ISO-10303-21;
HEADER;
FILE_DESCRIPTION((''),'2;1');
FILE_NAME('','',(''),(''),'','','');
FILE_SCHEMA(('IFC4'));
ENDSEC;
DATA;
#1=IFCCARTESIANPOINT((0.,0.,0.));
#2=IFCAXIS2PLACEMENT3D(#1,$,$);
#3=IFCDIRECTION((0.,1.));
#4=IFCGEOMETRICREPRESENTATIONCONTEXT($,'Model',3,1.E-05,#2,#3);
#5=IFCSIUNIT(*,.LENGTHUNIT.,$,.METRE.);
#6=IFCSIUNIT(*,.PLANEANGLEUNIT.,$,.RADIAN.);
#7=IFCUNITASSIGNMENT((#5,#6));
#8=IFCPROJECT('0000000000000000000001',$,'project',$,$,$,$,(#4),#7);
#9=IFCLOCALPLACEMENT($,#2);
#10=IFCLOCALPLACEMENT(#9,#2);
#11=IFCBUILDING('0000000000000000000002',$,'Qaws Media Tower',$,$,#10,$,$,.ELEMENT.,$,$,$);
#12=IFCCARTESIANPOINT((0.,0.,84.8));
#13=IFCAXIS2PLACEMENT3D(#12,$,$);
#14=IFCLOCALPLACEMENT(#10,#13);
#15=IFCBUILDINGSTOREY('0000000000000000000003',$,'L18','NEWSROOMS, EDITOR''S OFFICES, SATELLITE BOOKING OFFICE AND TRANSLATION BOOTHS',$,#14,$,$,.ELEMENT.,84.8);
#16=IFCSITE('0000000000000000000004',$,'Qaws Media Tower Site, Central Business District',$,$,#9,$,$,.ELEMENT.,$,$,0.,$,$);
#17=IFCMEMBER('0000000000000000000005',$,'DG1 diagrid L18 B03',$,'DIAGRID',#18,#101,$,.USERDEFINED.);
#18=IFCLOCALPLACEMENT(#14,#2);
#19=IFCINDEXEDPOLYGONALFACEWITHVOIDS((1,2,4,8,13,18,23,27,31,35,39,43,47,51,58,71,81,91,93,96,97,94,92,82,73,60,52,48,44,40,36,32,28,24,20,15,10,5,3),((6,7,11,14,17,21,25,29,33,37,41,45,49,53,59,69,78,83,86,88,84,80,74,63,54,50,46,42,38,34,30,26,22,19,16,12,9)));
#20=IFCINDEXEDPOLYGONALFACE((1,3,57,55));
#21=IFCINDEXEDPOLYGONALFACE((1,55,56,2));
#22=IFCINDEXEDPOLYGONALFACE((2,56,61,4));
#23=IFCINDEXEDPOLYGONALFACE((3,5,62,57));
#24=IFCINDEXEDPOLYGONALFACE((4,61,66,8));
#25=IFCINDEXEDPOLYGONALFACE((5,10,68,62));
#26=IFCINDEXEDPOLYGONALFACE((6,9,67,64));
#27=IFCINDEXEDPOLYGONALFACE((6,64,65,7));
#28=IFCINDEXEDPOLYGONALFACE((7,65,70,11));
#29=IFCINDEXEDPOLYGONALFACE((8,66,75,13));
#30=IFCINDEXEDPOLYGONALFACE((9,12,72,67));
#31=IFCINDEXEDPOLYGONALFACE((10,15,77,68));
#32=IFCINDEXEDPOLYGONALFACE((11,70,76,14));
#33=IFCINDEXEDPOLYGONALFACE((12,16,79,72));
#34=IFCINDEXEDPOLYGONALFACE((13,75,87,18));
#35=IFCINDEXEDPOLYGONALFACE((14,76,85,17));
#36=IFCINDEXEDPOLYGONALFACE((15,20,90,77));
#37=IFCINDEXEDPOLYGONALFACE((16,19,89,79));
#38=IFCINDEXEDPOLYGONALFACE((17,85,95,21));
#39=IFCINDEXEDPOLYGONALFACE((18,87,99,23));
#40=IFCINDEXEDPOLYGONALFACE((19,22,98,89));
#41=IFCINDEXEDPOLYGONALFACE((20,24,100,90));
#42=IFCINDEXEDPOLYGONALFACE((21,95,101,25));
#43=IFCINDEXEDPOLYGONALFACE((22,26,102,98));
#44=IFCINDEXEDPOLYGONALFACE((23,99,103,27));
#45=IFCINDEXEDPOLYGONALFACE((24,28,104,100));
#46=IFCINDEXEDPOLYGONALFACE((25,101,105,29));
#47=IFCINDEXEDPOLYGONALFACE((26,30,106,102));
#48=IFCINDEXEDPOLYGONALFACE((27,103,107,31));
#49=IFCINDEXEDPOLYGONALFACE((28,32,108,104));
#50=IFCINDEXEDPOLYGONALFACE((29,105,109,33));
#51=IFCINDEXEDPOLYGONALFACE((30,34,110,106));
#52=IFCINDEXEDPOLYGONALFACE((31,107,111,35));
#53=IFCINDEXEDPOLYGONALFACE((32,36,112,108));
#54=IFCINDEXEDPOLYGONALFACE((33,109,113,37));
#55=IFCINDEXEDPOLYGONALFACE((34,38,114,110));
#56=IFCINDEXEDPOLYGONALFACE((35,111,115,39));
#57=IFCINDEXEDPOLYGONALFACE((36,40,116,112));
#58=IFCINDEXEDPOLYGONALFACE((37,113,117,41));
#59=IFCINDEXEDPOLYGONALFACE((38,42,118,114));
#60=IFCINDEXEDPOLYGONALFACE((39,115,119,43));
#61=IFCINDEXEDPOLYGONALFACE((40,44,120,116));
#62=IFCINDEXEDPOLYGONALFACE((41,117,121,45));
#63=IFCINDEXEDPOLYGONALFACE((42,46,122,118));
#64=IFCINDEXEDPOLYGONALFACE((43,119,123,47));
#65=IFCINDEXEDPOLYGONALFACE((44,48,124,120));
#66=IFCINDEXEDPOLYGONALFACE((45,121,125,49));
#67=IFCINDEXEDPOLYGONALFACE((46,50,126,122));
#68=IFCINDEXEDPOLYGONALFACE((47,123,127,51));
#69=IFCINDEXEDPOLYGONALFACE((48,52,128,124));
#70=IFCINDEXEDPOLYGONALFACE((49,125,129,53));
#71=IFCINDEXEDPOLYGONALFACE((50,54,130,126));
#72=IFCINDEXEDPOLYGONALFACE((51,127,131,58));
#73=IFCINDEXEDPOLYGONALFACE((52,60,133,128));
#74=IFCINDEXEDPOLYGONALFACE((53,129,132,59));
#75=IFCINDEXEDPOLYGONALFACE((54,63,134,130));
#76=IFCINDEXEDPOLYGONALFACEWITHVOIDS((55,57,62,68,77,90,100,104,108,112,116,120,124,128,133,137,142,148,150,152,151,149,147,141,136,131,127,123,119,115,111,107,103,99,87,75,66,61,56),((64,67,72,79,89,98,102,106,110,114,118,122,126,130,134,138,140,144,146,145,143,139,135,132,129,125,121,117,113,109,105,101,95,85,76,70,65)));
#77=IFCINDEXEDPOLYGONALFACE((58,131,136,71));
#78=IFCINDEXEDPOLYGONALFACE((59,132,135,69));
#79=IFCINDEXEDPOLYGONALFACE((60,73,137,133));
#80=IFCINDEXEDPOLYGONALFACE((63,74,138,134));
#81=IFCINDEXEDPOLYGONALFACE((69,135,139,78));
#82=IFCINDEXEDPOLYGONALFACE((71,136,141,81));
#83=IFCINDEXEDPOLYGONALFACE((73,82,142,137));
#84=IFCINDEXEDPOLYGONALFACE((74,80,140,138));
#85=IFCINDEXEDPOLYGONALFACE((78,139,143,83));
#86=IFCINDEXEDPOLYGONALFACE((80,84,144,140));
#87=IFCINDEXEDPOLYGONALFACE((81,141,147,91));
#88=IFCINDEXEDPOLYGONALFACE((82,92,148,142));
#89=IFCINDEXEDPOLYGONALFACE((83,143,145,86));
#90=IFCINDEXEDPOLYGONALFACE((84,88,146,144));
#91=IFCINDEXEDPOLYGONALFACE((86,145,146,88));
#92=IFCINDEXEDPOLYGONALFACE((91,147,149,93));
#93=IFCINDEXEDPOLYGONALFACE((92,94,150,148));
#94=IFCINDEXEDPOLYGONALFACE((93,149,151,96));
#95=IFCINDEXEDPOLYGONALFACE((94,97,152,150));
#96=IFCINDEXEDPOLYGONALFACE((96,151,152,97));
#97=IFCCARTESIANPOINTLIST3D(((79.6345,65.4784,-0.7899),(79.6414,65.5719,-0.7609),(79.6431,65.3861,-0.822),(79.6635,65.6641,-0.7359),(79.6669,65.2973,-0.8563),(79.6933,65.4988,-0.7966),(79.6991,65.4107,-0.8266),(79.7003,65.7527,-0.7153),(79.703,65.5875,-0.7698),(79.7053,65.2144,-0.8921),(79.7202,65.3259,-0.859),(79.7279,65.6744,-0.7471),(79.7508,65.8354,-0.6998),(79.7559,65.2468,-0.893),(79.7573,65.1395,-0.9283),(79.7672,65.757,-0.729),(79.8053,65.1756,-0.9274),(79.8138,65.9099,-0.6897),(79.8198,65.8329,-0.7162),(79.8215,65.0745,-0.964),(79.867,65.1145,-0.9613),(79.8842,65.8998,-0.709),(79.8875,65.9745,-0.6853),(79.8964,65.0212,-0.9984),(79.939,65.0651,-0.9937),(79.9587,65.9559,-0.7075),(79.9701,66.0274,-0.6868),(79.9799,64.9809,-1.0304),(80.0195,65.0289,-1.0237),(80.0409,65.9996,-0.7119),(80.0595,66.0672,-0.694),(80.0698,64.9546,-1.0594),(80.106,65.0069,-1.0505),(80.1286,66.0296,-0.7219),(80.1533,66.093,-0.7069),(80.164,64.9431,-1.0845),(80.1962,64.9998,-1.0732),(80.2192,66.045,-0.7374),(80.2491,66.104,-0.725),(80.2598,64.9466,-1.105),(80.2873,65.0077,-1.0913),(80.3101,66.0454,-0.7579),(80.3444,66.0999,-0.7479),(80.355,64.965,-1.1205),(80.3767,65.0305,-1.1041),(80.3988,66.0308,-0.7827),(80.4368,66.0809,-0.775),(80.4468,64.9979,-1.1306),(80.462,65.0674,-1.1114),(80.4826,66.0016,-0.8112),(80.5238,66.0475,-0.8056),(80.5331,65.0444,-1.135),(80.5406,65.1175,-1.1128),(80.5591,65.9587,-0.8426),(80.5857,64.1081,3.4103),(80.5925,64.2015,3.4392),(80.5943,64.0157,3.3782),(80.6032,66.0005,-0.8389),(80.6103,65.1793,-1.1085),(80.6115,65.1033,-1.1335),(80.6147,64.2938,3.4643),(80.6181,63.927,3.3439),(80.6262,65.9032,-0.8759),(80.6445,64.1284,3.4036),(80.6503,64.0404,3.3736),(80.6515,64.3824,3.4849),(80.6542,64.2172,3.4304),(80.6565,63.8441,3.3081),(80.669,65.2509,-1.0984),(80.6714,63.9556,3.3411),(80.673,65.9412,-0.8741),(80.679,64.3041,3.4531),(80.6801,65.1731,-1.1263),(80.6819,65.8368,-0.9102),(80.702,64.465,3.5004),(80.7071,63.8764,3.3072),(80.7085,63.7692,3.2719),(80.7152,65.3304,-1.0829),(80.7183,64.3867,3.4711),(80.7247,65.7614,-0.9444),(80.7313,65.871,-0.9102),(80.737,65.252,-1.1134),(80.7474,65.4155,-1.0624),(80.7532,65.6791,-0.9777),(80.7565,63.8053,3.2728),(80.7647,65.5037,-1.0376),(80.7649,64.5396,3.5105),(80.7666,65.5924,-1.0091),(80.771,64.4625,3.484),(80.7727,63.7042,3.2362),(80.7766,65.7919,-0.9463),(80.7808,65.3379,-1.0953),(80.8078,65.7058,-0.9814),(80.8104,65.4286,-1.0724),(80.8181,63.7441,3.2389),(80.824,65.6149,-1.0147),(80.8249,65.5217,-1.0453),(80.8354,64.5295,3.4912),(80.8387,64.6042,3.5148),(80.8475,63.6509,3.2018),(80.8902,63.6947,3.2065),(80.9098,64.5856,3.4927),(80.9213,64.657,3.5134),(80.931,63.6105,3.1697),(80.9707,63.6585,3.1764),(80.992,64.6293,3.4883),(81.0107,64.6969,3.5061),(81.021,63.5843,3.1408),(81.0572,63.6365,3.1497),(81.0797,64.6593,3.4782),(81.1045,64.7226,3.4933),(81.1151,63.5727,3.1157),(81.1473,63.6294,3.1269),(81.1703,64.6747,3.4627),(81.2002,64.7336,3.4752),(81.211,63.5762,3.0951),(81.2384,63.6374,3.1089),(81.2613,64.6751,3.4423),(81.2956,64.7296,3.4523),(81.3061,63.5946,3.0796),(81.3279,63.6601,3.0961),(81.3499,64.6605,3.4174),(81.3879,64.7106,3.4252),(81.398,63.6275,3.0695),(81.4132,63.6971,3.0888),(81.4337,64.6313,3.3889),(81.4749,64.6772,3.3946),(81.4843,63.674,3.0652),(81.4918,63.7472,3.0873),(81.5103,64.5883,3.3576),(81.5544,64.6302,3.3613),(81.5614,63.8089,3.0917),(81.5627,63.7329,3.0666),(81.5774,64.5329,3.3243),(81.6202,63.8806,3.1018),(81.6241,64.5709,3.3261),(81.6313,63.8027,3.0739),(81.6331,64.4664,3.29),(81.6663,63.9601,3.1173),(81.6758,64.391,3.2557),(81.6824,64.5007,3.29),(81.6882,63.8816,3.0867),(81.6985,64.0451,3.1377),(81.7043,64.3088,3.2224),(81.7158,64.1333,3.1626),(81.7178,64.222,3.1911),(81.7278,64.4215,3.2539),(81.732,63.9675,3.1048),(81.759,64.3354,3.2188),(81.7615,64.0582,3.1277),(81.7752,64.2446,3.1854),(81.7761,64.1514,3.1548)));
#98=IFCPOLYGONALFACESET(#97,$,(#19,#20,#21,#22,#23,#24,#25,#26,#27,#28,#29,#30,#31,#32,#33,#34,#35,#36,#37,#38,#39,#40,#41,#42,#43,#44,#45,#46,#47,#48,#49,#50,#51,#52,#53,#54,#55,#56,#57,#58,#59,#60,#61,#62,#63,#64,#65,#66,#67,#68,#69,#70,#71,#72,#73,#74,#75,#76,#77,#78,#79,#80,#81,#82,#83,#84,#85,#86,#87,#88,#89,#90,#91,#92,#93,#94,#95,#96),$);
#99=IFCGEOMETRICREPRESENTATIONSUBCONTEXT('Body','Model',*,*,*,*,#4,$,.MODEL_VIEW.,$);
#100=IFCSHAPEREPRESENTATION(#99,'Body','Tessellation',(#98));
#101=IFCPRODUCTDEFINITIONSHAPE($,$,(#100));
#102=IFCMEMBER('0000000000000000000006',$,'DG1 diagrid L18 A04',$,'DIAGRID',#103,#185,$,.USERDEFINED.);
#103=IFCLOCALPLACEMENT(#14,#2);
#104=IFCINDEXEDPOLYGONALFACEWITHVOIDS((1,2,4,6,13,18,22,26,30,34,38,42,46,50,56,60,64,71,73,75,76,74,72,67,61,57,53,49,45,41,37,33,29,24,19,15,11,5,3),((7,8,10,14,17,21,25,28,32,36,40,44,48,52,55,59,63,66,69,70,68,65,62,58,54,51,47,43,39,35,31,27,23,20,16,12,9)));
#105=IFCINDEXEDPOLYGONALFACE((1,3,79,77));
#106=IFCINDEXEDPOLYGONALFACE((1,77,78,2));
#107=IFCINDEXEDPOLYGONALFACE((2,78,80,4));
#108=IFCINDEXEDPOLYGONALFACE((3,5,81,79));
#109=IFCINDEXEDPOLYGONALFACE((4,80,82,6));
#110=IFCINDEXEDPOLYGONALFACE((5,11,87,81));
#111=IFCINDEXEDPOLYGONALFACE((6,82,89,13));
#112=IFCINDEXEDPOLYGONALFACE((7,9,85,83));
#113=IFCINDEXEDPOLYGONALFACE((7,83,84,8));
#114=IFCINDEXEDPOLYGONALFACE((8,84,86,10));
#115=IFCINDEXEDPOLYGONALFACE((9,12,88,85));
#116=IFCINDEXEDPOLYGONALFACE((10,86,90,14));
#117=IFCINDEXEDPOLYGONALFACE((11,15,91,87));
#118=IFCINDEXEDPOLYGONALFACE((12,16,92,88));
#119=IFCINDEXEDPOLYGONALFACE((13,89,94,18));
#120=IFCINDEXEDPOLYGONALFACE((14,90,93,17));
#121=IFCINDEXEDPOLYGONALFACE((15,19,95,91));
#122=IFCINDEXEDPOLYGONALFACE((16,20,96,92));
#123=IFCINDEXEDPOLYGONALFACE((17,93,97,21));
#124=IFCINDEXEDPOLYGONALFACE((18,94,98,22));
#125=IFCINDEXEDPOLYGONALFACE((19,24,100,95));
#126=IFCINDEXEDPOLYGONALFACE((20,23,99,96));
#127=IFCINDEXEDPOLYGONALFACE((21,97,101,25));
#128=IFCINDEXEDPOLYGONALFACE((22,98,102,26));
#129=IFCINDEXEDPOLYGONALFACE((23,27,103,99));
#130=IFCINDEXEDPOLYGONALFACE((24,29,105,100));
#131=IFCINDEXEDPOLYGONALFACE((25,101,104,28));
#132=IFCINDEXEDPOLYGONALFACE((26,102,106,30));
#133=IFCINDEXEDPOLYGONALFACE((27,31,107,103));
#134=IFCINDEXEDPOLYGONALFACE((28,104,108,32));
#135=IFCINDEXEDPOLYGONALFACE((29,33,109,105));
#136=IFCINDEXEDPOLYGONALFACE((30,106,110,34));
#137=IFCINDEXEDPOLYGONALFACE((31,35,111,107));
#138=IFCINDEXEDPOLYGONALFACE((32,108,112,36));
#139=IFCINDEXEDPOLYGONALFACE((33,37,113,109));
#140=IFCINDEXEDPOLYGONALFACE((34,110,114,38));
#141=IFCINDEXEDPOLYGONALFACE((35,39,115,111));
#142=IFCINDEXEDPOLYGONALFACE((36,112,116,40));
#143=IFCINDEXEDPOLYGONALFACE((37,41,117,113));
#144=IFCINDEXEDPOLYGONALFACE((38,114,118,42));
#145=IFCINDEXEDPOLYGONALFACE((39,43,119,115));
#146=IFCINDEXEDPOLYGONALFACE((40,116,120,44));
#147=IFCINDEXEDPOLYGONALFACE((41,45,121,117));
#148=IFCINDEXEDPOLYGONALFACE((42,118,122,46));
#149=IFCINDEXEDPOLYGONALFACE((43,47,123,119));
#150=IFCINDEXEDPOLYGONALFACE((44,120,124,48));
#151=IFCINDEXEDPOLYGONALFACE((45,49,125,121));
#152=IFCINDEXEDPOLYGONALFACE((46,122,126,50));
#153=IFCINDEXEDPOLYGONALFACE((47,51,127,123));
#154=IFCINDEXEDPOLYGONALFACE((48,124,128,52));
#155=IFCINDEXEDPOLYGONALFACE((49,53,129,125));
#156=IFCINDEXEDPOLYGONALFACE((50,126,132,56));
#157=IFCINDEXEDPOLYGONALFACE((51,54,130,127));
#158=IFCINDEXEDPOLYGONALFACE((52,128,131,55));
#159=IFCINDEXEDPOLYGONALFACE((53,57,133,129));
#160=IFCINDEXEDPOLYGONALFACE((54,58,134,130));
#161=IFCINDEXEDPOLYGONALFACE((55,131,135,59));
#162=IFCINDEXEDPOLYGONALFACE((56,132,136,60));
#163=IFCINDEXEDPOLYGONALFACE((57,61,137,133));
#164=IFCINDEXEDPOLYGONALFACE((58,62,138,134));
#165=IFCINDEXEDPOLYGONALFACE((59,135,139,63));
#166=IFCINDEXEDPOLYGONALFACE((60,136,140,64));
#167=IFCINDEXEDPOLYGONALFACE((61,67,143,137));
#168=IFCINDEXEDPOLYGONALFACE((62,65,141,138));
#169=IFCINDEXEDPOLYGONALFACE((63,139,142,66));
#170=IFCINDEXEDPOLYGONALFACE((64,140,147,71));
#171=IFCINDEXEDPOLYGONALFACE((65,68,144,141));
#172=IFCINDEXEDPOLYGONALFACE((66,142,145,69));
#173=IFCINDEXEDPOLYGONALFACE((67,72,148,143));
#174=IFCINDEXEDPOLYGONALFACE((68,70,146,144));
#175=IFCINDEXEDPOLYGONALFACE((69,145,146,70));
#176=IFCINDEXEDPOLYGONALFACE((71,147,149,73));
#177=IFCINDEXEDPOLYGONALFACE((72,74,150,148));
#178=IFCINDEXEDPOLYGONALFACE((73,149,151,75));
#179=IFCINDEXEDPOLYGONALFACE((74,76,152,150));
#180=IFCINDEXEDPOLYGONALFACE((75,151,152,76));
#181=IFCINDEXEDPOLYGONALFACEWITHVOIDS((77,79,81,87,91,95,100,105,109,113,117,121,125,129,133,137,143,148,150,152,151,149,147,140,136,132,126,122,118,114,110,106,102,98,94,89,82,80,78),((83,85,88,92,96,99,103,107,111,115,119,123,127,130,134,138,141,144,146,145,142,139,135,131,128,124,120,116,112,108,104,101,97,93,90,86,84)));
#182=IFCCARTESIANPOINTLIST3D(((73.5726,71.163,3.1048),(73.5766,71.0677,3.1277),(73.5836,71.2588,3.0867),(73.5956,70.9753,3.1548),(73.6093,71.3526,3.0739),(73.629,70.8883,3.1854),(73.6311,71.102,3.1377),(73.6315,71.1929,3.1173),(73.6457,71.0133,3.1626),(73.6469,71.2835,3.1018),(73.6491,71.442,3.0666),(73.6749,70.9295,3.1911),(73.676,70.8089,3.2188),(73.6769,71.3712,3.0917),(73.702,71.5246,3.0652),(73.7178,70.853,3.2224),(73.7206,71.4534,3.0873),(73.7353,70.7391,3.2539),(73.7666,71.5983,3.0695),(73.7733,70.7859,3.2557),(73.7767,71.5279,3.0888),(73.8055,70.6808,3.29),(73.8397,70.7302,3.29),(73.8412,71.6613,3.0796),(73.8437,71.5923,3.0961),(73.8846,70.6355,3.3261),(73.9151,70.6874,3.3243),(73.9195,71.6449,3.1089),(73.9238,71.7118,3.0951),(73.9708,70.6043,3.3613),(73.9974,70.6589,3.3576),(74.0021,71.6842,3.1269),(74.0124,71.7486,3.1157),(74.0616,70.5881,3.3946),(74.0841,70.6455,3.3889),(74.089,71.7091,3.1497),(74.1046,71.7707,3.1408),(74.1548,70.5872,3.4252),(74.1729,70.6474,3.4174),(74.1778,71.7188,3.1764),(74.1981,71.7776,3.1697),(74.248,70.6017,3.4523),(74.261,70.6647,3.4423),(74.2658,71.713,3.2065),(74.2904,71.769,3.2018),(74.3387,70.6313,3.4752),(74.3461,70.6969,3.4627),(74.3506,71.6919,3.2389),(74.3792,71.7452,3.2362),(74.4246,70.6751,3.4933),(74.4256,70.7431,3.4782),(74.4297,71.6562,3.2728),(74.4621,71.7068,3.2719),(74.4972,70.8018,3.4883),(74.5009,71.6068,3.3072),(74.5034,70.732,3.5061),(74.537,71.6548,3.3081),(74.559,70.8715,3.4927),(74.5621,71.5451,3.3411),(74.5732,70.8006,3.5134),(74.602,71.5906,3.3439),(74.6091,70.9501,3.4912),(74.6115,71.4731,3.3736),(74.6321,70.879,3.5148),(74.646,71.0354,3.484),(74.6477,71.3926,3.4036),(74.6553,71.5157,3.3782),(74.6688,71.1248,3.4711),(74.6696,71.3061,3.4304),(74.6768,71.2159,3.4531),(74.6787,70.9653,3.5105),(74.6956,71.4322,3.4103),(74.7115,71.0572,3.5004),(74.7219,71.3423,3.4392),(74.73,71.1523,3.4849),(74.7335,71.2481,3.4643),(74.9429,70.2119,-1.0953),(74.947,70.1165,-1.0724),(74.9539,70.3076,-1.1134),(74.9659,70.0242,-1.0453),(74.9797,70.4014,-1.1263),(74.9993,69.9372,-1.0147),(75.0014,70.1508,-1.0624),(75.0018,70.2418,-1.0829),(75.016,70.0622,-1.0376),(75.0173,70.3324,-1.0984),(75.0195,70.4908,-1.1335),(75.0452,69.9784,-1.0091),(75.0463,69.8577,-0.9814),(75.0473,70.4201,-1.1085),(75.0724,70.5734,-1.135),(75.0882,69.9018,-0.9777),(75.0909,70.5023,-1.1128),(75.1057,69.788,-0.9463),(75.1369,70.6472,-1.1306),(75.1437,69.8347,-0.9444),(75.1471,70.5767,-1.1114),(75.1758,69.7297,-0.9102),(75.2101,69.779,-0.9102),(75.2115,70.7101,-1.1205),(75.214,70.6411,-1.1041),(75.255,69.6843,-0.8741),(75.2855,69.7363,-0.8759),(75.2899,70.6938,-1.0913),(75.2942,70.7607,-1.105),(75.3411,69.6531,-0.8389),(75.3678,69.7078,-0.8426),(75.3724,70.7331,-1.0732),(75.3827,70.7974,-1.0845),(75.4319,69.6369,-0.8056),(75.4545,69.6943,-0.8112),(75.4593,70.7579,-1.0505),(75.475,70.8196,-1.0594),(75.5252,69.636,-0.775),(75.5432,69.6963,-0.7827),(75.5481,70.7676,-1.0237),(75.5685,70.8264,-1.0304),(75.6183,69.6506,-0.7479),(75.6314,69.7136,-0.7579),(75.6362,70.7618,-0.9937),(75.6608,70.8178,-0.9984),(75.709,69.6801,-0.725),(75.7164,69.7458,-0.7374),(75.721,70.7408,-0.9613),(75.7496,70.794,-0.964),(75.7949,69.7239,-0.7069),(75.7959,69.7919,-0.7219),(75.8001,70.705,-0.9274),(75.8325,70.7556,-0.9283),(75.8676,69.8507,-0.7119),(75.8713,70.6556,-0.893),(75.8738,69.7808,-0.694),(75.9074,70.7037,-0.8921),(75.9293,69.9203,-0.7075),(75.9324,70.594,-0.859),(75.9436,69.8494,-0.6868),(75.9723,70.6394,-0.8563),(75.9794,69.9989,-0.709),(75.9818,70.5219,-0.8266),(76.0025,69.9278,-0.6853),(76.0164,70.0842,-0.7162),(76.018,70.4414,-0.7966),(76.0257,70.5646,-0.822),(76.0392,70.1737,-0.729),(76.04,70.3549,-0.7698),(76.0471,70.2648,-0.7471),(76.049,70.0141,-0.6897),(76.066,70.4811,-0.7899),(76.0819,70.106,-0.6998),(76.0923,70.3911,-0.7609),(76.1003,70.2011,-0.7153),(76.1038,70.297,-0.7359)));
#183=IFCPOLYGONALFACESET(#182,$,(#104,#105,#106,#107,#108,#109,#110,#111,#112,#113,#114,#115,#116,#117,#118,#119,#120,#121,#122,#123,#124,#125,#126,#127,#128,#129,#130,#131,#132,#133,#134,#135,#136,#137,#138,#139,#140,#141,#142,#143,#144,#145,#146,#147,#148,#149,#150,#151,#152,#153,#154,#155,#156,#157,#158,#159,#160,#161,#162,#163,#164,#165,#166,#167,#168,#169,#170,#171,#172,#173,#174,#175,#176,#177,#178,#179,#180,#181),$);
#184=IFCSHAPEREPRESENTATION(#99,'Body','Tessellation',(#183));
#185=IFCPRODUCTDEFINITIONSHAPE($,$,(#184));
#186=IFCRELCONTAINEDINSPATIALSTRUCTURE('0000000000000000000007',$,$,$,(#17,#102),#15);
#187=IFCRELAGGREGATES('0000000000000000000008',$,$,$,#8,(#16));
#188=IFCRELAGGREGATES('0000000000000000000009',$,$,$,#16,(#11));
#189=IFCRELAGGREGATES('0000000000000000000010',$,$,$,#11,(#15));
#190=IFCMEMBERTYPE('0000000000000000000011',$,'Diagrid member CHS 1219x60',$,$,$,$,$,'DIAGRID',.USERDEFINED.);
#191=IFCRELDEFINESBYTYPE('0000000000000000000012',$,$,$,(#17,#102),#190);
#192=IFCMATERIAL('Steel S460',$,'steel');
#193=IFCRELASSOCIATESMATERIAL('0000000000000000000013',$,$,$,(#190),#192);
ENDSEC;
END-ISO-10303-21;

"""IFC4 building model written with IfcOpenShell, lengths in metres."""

from ifc_helpers import new_model, si_unit, direction, frame, origin, origin_2d, place, context, subcontext, project, spatial, hollow_circle, extrude, material, material_profile, profile_set, type_object, element, save


model = new_model("IFC4")

# Units and contexts
model_context = context("Model", 3, precision=1e-05, world=origin(), true_north=direction((0.0, 1.0)))
body_context = subcontext(model_context, "Body", "Model", "MODEL_VIEW")
ifc_project = project(units=[si_unit("LENGTHUNIT", "METRE"), si_unit("PLANEANGLEUNIT", "RADIAN")], contexts=[model_context])

# Site, building, storey
site_placement = place(None, origin())
site = spatial("IfcSite", under=ifc_project, at=site_placement, Name="Qaws Media Tower Site, Central Business District", CompositionType="ELEMENT", RefElevation=0.0)
building_placement = place(site_placement, origin())
building = spatial("IfcBuilding", under=site, at=building_placement, Name="Qaws Media Tower", CompositionType="ELEMENT")
storey_placement = place(building_placement, frame((0.0, 0.0, 84.8)))
storey = spatial("IfcBuildingStorey", under=building, at=storey_placement, Name="L18", Description="NEWSROOMS, EDITOR'S OFFICES, SATELLITE BOOKING OFFICE AND TRANSLATION BOOTHS", CompositionType="ELEMENT", Elevation=84.8)

# Members
ifc_material_1 = material(Name="Steel S460", Category="steel")
ifc_material_profile_1 = material_profile(ifc_material_1, hollow_circle(Radius=0.6096, WallThickness=0.0601, at=origin_2d()), Name="CHS 1219x60")
ifc_profile_set_1 = profile_set([ifc_material_profile_1], Name="Steel S460")
member_type_1 = type_object("IfcMemberType", Name="Diagrid member CHS 1219x60", ElementType="DIAGRID", PredefinedType="USERDEFINED", material=ifc_profile_set_1)
for number, where, z_axis, x_axis, name in (
    (1, (80.2305, 65.5234, -0.9102), (0.210468, -0.303223, 0.929386), (0.821501, 0.570207, 0.0), "DG1 diagrid L18 B03"),
    (2, (75.5234, 70.2305, -0.9102), (-0.303223, 0.210468, 0.929386), (-0.570207, -0.821501, 0.0), "DG1 diagrid L18 A04"),
):
    element("IfcMember", number, at=place(storey_placement, frame(where, z_axis=z_axis, x_axis=x_axis)), inside=storey, type_object=member_type_1, Name=name, ObjectType="DIAGRID", PredefinedType="USERDEFINED", context=body_context, shape_type="SweptSolid", body=[
        extrude(hollow_circle(Radius=0.6096, WallThickness=0.0601, at=origin_2d()), origin(), (0.0, 0.0, 1.0), 4.5193),
    ])

save(model, "model.ifc")
